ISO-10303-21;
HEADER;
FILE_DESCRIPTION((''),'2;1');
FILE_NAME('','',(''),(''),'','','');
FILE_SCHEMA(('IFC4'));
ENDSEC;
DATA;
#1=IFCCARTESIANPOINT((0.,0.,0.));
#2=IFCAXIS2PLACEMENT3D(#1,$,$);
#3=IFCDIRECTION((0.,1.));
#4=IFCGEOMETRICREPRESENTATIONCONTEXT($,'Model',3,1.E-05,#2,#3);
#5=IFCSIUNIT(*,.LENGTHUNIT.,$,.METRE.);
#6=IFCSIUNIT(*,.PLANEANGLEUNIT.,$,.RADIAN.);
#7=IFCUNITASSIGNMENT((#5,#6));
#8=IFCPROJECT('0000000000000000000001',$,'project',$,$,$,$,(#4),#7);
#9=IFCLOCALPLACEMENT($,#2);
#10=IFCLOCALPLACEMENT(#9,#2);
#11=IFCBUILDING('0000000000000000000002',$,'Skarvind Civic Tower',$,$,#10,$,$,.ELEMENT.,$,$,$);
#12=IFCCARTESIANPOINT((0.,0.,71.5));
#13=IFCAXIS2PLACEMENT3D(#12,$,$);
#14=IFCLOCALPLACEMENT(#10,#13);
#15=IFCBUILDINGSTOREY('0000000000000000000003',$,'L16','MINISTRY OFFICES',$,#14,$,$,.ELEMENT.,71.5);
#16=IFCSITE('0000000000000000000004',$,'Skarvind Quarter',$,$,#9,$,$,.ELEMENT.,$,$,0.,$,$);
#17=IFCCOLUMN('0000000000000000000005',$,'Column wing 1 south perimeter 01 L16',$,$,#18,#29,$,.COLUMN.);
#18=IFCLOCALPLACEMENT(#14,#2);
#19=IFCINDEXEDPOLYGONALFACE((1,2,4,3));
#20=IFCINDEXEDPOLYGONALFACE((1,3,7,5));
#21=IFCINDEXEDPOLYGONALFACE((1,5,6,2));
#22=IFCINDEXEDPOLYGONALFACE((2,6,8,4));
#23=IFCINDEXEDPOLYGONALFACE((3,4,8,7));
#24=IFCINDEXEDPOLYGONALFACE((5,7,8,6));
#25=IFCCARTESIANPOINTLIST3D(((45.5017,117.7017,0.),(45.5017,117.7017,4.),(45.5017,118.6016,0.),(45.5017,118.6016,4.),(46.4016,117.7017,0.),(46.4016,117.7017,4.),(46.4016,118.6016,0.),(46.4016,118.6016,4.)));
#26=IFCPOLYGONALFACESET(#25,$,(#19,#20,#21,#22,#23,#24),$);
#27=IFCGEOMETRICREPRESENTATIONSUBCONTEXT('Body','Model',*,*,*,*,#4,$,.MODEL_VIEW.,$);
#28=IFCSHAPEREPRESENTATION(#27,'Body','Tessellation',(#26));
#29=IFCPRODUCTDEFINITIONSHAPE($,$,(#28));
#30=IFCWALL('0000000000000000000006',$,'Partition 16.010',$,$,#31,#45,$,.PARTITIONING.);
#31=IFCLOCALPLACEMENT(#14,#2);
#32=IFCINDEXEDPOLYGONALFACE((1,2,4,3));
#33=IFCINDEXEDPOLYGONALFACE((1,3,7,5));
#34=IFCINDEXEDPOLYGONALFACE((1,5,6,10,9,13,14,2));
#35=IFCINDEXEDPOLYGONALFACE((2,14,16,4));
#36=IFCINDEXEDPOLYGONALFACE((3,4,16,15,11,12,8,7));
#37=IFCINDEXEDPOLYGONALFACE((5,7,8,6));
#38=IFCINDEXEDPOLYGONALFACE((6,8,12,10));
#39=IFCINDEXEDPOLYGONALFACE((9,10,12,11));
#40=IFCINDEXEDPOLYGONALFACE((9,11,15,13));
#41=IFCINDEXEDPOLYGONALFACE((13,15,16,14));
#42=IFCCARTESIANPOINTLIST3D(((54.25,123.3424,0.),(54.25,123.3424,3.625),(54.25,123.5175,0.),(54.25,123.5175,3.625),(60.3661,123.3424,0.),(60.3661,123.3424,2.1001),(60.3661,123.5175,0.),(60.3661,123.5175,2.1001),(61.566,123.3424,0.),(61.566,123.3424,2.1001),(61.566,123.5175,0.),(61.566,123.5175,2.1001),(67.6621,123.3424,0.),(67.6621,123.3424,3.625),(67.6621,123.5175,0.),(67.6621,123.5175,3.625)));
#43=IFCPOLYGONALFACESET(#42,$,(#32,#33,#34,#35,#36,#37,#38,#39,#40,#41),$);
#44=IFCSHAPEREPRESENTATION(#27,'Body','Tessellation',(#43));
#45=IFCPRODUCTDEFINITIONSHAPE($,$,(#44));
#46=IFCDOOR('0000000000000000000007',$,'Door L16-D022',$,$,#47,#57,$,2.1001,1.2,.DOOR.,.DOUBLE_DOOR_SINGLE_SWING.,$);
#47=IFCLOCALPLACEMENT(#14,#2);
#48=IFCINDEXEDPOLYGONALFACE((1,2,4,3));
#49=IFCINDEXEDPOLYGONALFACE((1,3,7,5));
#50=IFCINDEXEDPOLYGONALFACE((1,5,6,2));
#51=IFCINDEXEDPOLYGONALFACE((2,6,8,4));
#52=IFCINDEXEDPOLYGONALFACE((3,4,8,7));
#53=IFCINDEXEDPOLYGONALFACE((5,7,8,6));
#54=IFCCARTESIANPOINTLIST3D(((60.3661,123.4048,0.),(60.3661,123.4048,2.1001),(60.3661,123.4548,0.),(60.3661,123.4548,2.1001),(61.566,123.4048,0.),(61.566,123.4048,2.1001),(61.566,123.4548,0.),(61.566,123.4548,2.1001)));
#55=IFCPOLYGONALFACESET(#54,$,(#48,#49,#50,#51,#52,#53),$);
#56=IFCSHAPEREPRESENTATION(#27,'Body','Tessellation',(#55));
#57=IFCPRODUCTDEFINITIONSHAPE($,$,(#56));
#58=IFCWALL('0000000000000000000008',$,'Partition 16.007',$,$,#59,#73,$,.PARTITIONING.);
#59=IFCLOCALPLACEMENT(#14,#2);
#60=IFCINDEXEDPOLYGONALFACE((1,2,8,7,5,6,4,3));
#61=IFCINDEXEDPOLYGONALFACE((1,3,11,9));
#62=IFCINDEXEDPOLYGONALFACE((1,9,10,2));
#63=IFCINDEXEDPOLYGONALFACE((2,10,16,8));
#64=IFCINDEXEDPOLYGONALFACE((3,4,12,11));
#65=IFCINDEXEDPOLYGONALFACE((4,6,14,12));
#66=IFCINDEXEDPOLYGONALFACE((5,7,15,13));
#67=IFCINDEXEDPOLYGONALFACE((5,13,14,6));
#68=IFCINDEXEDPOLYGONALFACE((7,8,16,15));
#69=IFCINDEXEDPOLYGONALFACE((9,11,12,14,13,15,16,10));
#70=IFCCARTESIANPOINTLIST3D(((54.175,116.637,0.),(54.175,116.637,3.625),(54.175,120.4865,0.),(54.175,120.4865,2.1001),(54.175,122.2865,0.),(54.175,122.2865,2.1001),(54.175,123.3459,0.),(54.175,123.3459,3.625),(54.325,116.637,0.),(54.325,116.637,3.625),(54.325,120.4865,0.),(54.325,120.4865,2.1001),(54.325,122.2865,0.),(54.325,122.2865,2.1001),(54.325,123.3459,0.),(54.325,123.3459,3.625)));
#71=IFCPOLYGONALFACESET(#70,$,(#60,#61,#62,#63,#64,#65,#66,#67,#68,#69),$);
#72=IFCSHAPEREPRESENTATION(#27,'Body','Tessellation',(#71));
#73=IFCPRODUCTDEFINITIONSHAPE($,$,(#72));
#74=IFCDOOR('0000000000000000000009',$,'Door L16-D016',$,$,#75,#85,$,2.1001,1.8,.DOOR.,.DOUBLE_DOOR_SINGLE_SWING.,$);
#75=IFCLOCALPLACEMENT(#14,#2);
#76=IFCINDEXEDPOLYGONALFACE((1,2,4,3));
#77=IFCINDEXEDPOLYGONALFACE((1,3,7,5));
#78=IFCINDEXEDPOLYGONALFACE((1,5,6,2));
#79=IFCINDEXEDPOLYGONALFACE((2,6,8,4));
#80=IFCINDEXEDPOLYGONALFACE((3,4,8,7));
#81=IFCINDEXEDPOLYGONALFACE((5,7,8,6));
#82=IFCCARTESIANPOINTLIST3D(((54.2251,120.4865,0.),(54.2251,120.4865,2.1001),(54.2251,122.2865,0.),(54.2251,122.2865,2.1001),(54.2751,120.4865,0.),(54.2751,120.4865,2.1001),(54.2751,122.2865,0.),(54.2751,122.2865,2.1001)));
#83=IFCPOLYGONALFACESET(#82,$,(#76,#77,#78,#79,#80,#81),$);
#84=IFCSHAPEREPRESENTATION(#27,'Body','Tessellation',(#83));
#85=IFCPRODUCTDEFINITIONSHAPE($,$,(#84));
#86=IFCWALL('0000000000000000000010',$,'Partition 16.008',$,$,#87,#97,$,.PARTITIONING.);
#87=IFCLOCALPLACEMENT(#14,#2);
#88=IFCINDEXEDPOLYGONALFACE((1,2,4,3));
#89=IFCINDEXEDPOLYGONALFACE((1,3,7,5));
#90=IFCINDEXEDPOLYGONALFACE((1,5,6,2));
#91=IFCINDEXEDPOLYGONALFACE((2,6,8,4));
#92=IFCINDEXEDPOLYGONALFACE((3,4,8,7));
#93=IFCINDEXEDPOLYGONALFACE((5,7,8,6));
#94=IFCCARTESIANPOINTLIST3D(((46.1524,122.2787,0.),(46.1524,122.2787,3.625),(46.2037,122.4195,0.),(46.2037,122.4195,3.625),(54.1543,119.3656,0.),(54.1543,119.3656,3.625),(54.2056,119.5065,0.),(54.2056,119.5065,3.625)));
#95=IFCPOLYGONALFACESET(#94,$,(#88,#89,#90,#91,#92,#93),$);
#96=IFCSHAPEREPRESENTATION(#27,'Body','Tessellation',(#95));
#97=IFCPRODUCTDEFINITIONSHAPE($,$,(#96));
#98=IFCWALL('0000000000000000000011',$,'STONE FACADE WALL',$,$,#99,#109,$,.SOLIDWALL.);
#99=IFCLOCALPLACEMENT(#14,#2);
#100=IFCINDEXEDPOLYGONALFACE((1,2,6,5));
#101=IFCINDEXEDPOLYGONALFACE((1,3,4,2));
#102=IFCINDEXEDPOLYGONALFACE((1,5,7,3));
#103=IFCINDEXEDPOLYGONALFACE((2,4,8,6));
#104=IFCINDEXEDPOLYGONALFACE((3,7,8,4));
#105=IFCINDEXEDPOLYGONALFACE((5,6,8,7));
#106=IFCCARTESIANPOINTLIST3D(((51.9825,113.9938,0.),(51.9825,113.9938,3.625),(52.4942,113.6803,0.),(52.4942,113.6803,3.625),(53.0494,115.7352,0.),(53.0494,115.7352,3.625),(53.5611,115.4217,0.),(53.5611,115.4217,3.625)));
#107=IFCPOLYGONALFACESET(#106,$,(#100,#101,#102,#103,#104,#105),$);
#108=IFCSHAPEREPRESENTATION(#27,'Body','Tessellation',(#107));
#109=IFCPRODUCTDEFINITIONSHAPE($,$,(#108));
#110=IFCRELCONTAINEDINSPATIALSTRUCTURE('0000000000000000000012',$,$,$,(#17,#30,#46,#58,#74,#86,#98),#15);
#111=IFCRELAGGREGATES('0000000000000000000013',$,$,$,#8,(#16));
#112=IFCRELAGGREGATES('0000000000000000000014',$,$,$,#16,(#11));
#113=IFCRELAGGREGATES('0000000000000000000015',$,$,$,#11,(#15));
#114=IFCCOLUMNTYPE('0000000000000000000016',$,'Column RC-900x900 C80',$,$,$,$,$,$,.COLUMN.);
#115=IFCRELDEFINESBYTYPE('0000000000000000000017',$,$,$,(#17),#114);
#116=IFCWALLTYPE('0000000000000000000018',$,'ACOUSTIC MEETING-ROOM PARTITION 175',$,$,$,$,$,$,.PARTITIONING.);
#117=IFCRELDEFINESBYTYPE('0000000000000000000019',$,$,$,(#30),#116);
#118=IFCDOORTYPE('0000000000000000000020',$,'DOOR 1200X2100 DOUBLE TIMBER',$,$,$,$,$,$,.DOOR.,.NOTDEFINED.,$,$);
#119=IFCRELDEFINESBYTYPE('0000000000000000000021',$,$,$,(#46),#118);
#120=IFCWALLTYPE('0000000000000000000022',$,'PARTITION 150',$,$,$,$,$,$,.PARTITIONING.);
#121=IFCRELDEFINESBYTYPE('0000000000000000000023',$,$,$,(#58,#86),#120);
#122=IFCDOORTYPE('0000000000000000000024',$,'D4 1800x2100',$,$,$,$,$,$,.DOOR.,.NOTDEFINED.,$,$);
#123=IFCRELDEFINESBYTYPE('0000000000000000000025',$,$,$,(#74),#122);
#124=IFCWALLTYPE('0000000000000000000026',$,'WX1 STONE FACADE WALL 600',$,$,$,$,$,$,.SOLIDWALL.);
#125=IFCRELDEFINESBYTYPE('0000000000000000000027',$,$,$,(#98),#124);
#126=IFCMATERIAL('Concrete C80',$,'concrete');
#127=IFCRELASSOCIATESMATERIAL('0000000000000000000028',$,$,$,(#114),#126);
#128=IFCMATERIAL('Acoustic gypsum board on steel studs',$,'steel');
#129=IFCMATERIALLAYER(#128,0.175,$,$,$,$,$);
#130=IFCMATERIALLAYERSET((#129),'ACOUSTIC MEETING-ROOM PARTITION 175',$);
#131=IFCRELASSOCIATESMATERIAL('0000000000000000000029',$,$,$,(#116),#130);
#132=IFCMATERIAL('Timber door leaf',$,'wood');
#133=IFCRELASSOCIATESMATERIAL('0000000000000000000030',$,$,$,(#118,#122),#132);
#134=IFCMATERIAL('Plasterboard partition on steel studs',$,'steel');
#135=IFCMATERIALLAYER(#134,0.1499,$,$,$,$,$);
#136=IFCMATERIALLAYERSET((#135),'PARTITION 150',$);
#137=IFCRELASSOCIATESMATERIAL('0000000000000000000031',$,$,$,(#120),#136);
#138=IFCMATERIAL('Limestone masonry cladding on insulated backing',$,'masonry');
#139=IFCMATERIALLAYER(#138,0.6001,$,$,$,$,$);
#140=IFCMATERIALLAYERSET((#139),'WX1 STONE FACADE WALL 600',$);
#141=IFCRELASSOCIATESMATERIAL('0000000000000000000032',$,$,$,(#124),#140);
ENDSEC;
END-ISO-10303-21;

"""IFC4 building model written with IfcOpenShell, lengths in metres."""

from ifc_helpers import new_model, si_unit, direction, frame, frame_2d, origin, origin_2d, place, context, subcontext, project, spatial, rectangle, extrude, material, layer, layer_set, material_profile, profile_set, type_object, element, fill, save


model = new_model("IFC4")

# Units and contexts
model_context = context("Model", 3, precision=1e-05, world=origin(), true_north=direction((0.0, 1.0)))
body_context = subcontext(model_context, "Body", "Model", "MODEL_VIEW")
ifc_project = project(units=[si_unit("LENGTHUNIT", "METRE"), si_unit("PLANEANGLEUNIT", "RADIAN")], contexts=[model_context])

# Site, building, storey
site_placement = place(None, origin())
site = spatial("IfcSite", under=ifc_project, at=site_placement, Name="Skarvind Quarter", CompositionType="ELEMENT", RefElevation=0.0)
building_placement = place(site_placement, origin())
building = spatial("IfcBuilding", under=site, at=building_placement, Name="Skarvind Civic Tower", CompositionType="ELEMENT")
storey_placement = place(building_placement, frame((0.0, 0.0, 71.5)))
storey = spatial("IfcBuildingStorey", under=building, at=storey_placement, Name="L16", Description="MINISTRY OFFICES", CompositionType="ELEMENT", Elevation=71.5)

# Column
ifc_material_1 = material(Name="Concrete C80", Category="concrete")
ifc_material_profile = material_profile(ifc_material_1, rectangle(XDim=0.8999, YDim=0.8999, at=origin_2d()), Name="RC-900x900")
ifc_profile_set = profile_set([ifc_material_profile], Name="Concrete C80")
column_type = type_object("IfcColumnType", Name="Column RC-900x900 C80", PredefinedType="COLUMN", material=ifc_profile_set)
column_placement = place(storey_placement, frame((45.9517, 118.1516, 0.0), z_axis=(0.0, 0.0, 1.0), x_axis=(1.0, 0.0, 0.0)))
element("IfcColumn", 1, at=column_placement, inside=storey, type_object=column_type, Name="Column wing 1 south perimeter 01 L16", PredefinedType="COLUMN", context=body_context, shape_type="SweptSolid", body=[
    extrude(rectangle(XDim=0.8999, YDim=0.8999, at=origin_2d()), origin(), (0.0, 0.0, 1.0), 4.0),
])

# Walls, openings, doors
ifc_material_2 = material(Name="Acoustic gypsum board on steel studs", Category="steel")
ifc_layer_1 = layer(ifc_material_2, 0.175)
ifc_layer_set_1 = layer_set([ifc_layer_1], Name="ACOUSTIC MEETING-ROOM PARTITION 175")
wall_type_1 = type_object("IfcWallType", Name="ACOUSTIC MEETING-ROOM PARTITION 175", PredefinedType="PARTITIONING", material=ifc_layer_set_1)
wall_1_placement = place(storey_placement, frame((54.25, 123.4299, 0.0), z_axis=(0.0, 0.0, 1.0), x_axis=(1.0, 0.0, 0.0)))
wall_1 = element("IfcWall", 2, at=wall_1_placement, inside=storey, type_object=wall_type_1, Name="Partition 16.010", PredefinedType="PARTITIONING", context=body_context, shape_type="SweptSolid", body=[
    extrude(rectangle(XDim=13.4121, YDim=0.175, at=frame_2d((6.7061, 0.0))), origin(), (0.0, 0.0, 1.0), 3.625),
])
opening_1_placement = place(wall_1_placement, frame((6.116, 0.0, 0.0)))
opening_1 = element("IfcOpeningElement", 3, at=opening_1_placement, cuts=wall_1, PredefinedType="OPENING", context=body_context, shape_type="SweptSolid", body=[
    extrude(rectangle(XDim=1.2, YDim=2.1001, at=frame_2d((0.6001, 1.05))), frame((0.0, 0.0974, 0.0), z_axis=(0.0, -1.0, 0.0), x_axis=(1.0, 0.0, 0.0)), (0.0, 0.0, 1.0), 0.1951),
])
ifc_material_3 = material(Name="Timber door leaf", Category="wood")
door_type_1 = type_object("IfcDoorType", Name="DOOR 1200X2100 DOUBLE TIMBER", OperationType="NOTDEFINED", PredefinedType="DOOR", material=ifc_material_3)
door_1_placement = place(opening_1_placement, origin())
door_1 = element("IfcDoor", 4, at=door_1_placement, inside=storey, type_object=door_type_1, Name="Door L16-D022", OperationType="DOUBLE_DOOR_SINGLE_SWING", OverallHeight=2.1001, OverallWidth=1.2, PredefinedType="DOOR", context=body_context, shape_type="SweptSolid", body=[
    extrude(rectangle(XDim=1.2, YDim=2.1001, at=frame_2d((0.6001, 1.05))), frame((0.0, 0.0249, 0.0), z_axis=(0.0, -1.0, 0.0), x_axis=(1.0, 0.0, 0.0)), (0.0, 0.0, 1.0), 0.05),
])
fill(opening_1, door_1)
ifc_material_4 = material(Name="Plasterboard partition on steel studs", Category="steel")
ifc_layer_2 = layer(ifc_material_4, 0.1499)
ifc_layer_set_2 = layer_set([ifc_layer_2], Name="PARTITION 150")
wall_type_2 = type_object("IfcWallType", Name="PARTITION 150", PredefinedType="PARTITIONING", material=ifc_layer_set_2)
wall_2_placement = place(storey_placement, frame((54.25, 116.637, 0.0), z_axis=(0.0, 0.0, 1.0), x_axis=(0.0, 1.0, 0.0)))
wall_2 = element("IfcWall", 5, at=wall_2_placement, inside=storey, type_object=wall_type_2, Name="Partition 16.007", PredefinedType="PARTITIONING", context=body_context, shape_type="SweptSolid", body=[
    extrude(rectangle(XDim=6.709, YDim=0.1499, at=frame_2d((3.3545, 0.0))), origin(), (0.0, 0.0, 1.0), 3.625),
])
opening_2_placement = place(wall_2_placement, frame((3.8496, 0.0, 0.0)))
opening_2 = element("IfcOpeningElement", 6, at=opening_2_placement, cuts=wall_2, PredefinedType="OPENING", context=body_context, shape_type="SweptSolid", body=[
    extrude(rectangle(XDim=1.8, YDim=2.1001, at=frame_2d((0.8999, 1.05))), frame((0.0, 0.085, 0.0), z_axis=(0.0, -1.0, 0.0), x_axis=(1.0, 0.0, 0.0)), (0.0, 0.0, 1.0), 0.1699),
])
door_type_2 = type_object("IfcDoorType", Name="D4 1800x2100", OperationType="NOTDEFINED", PredefinedType="DOOR", material=ifc_material_3)
door_2_placement = place(opening_2_placement, origin())
door_2 = element("IfcDoor", 7, at=door_2_placement, inside=storey, type_object=door_type_2, Name="Door L16-D016", OperationType="DOUBLE_DOOR_SINGLE_SWING", OverallHeight=2.1001, OverallWidth=1.8, PredefinedType="DOOR", context=body_context, shape_type="SweptSolid", body=[
    extrude(rectangle(XDim=1.8, YDim=2.1001, at=frame_2d((0.8999, 1.05))), frame((0.0, 0.0249, 0.0), z_axis=(0.0, -1.0, 0.0), x_axis=(1.0, 0.0, 0.0)), (0.0, 0.0, 1.0), 0.05),
])
fill(opening_2, door_2)

# Walls
wall_3_placement = place(storey_placement, frame((54.1799, 119.436, 0.0), z_axis=(0.0, 0.0, 1.0), x_axis=(-0.939669, 0.342084, 0.0)))
element("IfcWall", 8, at=wall_3_placement, inside=storey, type_object=wall_type_2, Name="Partition 16.008", PredefinedType="PARTITIONING", context=body_context, shape_type="SweptSolid", body=[
    extrude(rectangle(XDim=8.5156, YDim=0.1499, at=frame_2d((4.2578, 0.0))), origin(), (0.0, 0.0, 1.0), 3.625),
])
ifc_material_5 = material(Name="Limestone masonry cladding on insulated backing", Category="masonry")
ifc_layer_3 = layer(ifc_material_5, 0.6001)
ifc_layer_set_3 = layer_set([ifc_layer_3], Name="WX1 STONE FACADE WALL 600")
wall_type_3 = type_object("IfcWallType", Name="WX1 STONE FACADE WALL 600", PredefinedType="SOLIDWALL", material=ifc_layer_set_3)
wall_4_placement = place(storey_placement, frame((53.3052, 115.5784, 0.0), z_axis=(0.0, 0.0, 1.0), x_axis=(-0.522402, -0.852699, 0.0)))
element("IfcWall", 9, at=wall_4_placement, inside=storey, type_object=wall_type_3, Name="STONE FACADE WALL", PredefinedType="SOLIDWALL", context=body_context, shape_type="SweptSolid", body=[
    extrude(rectangle(XDim=2.0422, YDim=0.6001, at=frame_2d((1.021, 0.0))), origin(), (0.0, 0.0, 1.0), 3.625),
])

save(model, "model.ifc")
